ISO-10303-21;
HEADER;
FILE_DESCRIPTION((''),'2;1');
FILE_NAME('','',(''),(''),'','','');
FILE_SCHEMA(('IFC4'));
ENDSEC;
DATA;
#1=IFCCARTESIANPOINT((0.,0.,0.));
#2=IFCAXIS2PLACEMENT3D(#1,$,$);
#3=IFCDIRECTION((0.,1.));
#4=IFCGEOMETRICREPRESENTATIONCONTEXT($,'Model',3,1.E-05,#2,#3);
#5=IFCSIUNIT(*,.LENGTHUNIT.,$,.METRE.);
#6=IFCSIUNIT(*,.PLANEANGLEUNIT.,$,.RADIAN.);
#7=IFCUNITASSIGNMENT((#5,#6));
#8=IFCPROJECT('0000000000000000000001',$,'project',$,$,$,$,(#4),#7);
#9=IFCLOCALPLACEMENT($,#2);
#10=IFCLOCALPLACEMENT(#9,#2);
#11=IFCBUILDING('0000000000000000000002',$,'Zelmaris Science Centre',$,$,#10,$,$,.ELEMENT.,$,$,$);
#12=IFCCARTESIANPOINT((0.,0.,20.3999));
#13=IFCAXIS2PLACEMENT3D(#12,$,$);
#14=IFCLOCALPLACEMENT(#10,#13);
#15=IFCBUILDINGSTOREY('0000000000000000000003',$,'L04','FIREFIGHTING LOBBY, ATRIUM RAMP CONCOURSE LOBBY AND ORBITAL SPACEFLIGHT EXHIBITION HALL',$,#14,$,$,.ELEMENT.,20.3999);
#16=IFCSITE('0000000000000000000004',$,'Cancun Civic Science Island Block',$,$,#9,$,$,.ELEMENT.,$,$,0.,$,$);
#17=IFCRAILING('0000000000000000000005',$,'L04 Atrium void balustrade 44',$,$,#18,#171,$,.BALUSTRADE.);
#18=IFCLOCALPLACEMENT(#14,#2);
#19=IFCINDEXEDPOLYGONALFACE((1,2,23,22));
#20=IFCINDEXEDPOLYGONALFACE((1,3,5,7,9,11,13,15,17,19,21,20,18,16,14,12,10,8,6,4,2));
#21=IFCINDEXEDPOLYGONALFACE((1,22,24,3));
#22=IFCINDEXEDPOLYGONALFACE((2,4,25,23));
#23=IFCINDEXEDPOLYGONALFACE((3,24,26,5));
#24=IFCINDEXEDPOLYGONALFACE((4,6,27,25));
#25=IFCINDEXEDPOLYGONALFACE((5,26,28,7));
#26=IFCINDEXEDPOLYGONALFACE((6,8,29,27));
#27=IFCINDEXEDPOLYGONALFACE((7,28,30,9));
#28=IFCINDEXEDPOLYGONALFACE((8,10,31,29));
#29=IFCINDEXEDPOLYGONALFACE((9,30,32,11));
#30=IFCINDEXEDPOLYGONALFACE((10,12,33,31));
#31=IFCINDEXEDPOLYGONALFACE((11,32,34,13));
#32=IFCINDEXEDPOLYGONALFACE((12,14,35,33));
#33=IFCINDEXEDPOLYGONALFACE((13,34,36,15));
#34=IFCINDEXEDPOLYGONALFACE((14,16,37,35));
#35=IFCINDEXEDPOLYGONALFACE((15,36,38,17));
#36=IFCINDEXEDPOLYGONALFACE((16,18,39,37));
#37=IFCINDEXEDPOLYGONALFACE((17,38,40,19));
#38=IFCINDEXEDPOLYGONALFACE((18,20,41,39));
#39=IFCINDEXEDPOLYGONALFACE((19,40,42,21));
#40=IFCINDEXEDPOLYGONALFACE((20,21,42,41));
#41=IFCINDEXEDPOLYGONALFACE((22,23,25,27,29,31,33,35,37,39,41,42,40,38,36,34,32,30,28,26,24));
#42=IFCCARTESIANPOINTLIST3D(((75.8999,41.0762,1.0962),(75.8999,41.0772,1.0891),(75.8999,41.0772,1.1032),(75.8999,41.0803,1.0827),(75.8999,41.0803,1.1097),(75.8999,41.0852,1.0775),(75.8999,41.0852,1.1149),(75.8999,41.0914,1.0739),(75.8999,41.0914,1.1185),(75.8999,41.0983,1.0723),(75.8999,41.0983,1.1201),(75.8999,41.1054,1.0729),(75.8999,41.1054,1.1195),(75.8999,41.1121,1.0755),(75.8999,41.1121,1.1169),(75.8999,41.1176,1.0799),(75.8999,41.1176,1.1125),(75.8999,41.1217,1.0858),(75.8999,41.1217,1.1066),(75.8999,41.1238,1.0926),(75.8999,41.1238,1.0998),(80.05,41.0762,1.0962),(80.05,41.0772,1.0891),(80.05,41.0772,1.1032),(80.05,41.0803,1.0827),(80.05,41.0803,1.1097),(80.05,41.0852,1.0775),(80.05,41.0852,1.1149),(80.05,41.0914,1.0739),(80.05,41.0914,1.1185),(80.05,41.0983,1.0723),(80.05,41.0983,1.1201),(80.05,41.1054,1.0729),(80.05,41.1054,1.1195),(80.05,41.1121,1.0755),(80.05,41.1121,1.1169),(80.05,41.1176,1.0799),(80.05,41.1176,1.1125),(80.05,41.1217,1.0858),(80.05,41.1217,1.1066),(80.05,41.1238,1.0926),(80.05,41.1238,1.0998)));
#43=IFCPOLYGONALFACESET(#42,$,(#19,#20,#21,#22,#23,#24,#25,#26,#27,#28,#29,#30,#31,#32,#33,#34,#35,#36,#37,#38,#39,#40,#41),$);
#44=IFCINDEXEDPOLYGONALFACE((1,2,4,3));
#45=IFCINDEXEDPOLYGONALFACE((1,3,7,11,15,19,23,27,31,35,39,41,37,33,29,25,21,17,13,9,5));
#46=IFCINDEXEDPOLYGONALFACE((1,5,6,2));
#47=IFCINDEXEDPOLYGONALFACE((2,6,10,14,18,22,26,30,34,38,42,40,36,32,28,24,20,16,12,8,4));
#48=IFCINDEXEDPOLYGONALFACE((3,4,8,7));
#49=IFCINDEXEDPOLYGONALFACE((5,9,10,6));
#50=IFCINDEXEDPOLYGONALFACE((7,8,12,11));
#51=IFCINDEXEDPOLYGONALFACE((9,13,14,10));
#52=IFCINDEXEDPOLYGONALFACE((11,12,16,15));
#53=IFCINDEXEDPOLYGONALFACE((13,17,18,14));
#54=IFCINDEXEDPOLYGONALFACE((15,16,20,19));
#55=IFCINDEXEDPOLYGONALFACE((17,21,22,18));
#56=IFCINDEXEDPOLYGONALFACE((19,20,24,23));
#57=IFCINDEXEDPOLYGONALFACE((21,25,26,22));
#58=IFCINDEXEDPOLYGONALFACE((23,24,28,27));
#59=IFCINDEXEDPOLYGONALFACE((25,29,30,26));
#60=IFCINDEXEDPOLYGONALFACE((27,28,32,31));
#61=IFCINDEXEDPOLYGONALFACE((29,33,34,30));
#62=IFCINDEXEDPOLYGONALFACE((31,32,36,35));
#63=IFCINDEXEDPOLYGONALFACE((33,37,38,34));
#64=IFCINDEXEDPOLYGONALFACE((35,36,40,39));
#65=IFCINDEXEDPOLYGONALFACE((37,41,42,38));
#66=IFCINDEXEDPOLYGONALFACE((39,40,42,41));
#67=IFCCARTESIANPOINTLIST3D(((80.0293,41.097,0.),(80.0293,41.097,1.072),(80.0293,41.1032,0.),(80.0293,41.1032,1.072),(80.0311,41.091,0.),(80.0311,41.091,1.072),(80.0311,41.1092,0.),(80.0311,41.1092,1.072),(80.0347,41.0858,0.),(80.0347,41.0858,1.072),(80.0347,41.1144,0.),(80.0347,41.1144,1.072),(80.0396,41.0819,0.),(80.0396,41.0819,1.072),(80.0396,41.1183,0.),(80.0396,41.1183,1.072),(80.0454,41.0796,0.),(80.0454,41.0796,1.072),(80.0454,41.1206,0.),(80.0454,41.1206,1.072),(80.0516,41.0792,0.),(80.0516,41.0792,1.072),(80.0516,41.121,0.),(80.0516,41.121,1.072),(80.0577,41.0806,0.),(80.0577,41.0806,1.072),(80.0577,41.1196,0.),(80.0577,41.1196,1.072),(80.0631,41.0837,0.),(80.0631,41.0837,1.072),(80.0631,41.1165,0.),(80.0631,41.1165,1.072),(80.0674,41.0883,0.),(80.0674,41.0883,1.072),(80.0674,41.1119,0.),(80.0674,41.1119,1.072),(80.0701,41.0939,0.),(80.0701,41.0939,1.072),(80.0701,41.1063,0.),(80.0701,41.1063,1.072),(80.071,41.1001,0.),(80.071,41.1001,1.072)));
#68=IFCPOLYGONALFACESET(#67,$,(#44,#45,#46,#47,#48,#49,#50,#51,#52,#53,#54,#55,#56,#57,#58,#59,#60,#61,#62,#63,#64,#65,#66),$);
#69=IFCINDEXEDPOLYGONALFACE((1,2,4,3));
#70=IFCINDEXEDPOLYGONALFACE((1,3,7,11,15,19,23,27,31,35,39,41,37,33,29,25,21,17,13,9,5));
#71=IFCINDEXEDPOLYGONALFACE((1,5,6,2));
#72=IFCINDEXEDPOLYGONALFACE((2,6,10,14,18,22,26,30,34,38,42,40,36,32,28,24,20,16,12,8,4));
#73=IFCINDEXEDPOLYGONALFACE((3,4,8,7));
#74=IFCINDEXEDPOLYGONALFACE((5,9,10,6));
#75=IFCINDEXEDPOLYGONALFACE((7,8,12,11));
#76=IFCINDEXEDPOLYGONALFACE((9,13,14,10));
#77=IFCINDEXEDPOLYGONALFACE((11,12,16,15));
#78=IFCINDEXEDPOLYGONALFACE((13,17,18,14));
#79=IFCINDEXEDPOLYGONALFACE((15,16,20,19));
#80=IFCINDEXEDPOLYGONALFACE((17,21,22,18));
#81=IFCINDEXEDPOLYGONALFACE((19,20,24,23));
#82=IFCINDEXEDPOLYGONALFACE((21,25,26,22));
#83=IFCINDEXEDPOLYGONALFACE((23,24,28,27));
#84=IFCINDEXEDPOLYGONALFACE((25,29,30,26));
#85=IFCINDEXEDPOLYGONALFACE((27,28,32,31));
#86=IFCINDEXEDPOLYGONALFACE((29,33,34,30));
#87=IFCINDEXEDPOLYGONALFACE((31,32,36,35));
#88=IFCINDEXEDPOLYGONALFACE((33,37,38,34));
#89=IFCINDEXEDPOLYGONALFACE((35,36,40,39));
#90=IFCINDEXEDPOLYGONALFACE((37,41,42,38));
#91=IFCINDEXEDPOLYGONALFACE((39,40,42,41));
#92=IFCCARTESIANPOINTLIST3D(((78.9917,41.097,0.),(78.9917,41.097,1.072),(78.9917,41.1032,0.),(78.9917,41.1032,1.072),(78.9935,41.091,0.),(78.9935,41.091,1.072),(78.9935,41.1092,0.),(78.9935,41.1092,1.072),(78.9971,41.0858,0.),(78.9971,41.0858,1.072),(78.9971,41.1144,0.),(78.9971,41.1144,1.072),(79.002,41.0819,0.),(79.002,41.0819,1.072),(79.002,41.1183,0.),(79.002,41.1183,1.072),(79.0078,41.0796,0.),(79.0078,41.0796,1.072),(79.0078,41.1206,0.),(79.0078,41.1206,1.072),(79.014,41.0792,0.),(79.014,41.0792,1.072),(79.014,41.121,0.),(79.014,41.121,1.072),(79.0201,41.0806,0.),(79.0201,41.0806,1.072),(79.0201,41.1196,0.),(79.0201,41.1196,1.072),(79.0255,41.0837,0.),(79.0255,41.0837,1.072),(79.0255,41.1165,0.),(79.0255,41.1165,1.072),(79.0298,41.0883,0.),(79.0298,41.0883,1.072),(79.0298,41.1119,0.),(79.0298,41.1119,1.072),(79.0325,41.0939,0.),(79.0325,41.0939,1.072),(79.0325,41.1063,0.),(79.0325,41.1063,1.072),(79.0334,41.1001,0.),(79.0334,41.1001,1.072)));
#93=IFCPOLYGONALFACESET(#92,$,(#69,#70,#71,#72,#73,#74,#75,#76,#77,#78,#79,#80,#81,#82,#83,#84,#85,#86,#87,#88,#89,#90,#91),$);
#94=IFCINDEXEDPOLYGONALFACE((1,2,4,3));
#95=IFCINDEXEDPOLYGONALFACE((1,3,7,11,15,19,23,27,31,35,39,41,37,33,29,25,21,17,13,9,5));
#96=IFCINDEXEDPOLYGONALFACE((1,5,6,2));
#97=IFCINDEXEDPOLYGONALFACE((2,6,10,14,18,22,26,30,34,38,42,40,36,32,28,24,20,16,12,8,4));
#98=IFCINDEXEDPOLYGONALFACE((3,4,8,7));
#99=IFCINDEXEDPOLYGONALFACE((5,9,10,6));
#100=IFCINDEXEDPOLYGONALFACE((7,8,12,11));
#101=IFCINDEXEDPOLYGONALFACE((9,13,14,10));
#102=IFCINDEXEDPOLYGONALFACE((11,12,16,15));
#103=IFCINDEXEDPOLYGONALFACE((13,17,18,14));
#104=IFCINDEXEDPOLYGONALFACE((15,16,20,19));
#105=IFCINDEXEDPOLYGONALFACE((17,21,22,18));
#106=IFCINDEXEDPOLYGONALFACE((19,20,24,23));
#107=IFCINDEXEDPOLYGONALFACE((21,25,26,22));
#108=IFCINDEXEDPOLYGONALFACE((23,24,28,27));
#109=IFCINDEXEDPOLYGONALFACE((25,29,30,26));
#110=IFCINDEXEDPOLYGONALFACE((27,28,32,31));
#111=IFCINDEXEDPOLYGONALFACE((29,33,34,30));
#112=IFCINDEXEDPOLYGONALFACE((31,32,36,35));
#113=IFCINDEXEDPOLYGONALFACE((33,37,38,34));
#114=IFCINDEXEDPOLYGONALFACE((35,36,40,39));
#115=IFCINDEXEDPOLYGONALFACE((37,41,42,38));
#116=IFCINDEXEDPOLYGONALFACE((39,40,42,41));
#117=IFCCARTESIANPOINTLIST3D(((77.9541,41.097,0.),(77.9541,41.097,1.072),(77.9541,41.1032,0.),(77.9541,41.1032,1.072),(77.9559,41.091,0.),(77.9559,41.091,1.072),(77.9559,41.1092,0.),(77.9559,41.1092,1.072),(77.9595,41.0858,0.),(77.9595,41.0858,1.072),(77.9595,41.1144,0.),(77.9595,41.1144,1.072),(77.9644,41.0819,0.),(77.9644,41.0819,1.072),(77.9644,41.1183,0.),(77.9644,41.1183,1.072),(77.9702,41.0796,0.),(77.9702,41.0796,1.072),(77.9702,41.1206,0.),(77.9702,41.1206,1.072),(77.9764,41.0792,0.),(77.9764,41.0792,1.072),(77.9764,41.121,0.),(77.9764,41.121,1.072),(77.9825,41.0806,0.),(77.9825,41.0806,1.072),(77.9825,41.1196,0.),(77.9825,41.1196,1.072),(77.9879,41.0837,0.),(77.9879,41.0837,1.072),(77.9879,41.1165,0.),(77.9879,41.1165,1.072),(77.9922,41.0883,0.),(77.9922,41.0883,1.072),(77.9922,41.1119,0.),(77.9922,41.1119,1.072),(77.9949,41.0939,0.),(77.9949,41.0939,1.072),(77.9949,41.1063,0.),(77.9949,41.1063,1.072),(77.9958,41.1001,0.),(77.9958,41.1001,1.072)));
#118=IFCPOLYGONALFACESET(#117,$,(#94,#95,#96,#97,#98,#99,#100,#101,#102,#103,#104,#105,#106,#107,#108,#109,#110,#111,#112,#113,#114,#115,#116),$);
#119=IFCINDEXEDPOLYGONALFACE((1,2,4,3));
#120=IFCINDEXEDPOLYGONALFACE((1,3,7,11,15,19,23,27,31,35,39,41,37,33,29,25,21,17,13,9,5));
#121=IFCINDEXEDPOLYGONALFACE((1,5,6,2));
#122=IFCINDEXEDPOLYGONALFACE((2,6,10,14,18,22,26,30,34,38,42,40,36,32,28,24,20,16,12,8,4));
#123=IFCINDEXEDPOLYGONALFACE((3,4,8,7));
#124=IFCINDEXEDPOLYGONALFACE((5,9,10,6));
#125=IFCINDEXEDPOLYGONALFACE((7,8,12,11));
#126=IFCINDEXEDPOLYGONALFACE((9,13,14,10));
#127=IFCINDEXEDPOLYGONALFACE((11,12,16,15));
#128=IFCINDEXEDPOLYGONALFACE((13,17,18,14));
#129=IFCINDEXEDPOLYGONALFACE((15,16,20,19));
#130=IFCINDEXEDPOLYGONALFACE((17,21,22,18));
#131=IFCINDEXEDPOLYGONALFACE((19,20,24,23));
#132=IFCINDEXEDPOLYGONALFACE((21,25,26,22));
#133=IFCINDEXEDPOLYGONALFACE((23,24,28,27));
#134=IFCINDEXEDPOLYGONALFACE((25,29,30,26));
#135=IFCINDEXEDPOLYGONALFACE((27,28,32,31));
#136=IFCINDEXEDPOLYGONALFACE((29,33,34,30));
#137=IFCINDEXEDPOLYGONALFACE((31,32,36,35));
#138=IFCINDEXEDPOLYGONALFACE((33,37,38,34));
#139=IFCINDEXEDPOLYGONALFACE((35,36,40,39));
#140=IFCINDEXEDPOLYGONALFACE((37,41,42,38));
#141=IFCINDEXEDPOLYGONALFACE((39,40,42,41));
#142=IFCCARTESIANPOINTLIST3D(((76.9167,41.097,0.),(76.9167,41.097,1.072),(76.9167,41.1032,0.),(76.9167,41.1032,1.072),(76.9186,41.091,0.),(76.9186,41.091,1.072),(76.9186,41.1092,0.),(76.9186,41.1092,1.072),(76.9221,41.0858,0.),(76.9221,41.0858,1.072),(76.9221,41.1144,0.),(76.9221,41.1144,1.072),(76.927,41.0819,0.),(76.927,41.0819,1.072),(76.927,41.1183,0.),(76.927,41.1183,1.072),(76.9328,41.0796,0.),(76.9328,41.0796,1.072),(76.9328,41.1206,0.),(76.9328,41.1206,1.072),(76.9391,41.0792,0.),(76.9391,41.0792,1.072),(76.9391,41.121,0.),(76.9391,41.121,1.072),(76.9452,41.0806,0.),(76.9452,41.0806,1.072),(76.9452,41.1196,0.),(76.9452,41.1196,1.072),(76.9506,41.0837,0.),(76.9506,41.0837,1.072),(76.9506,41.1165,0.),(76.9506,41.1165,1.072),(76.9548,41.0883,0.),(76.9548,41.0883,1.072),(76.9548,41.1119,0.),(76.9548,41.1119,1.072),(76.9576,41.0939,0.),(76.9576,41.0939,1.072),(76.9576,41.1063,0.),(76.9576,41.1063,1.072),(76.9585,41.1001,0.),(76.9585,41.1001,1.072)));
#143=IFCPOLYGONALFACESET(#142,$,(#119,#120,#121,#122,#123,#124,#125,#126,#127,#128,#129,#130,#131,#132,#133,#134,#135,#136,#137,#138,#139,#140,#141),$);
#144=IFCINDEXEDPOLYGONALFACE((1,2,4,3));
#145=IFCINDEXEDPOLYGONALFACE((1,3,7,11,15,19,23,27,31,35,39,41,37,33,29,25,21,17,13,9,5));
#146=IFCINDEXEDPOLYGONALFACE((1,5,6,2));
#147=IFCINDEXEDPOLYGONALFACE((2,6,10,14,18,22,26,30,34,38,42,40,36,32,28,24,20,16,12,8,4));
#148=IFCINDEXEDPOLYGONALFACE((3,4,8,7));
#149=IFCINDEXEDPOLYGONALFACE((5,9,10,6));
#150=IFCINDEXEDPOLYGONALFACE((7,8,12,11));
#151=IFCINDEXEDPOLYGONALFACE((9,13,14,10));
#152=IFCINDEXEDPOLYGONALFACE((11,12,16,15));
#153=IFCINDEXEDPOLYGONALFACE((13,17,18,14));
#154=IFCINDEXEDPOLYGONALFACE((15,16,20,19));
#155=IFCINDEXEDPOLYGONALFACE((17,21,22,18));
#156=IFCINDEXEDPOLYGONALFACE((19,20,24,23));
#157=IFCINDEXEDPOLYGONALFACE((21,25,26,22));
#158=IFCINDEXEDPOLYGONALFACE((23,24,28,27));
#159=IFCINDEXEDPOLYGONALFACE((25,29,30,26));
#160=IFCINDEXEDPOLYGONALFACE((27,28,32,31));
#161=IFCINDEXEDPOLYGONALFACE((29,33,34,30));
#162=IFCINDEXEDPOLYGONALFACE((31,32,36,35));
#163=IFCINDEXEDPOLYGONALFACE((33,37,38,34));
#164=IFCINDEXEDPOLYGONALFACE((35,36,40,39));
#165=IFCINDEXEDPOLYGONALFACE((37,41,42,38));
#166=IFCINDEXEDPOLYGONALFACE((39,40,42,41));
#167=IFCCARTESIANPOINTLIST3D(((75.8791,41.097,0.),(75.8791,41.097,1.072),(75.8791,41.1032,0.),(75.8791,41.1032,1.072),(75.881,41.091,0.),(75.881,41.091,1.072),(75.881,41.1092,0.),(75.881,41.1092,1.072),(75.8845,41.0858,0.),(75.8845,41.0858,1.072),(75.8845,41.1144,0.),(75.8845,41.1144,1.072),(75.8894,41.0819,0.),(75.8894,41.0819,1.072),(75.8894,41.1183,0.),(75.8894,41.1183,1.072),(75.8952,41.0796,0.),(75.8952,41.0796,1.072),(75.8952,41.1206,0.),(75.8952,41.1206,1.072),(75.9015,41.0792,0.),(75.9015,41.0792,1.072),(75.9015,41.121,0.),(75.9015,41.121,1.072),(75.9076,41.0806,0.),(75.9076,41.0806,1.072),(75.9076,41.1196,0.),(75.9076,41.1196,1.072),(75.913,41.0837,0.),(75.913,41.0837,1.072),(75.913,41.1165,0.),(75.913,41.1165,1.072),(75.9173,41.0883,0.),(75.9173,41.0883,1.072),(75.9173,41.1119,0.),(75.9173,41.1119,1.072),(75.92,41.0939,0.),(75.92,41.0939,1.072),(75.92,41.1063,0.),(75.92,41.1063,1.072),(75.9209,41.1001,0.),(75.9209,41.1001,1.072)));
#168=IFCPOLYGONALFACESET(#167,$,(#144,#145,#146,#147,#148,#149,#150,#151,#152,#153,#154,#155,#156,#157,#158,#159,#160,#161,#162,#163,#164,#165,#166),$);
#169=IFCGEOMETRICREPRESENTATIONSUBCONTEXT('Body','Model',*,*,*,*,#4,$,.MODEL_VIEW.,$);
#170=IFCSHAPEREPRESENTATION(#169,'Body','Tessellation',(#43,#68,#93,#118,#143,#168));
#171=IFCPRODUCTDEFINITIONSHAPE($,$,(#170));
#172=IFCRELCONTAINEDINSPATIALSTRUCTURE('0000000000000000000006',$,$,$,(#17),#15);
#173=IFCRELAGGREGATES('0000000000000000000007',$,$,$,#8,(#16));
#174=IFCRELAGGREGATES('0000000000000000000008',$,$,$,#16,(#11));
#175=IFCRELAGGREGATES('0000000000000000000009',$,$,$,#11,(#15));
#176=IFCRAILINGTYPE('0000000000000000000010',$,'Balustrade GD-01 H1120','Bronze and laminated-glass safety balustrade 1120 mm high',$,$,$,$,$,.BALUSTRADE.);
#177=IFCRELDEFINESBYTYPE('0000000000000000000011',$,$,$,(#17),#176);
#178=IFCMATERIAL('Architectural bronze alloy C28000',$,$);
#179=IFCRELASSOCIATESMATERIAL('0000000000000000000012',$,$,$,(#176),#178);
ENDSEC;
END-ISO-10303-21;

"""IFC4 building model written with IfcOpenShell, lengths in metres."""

from ifc_helpers import new_model, si_unit, direction, frame, origin, origin_2d, place, context, subcontext, project, spatial, circle, extrude, material, type_object, element, save


model = new_model("IFC4")

# Units and contexts
model_context = context("Model", 3, precision=1e-05, world=origin(), true_north=direction((0.0, 1.0)))
body_context = subcontext(model_context, "Body", "Model", "MODEL_VIEW")
ifc_project = project(units=[si_unit("LENGTHUNIT", "METRE"), si_unit("PLANEANGLEUNIT", "RADIAN")], contexts=[model_context])

# Site, building, storey
site_placement = place(None, origin())
site = spatial("IfcSite", under=ifc_project, at=site_placement, Name="Cancun Civic Science Island Block", CompositionType="ELEMENT", RefElevation=0.0)
building_placement = place(site_placement, origin())
building = spatial("IfcBuilding", under=site, at=building_placement, Name="Zelmaris Science Centre", CompositionType="ELEMENT")
storey_placement = place(building_placement, frame((0.0, 0.0, 20.3999)))
storey = spatial("IfcBuildingStorey", under=building, at=storey_placement, Name="L04", Description="FIREFIGHTING LOBBY, ATRIUM RAMP CONCOURSE LOBBY AND ORBITAL SPACEFLIGHT EXHIBITION HALL", CompositionType="ELEMENT", Elevation=20.3999)

# Railing
ifc_material_1 = material(Name="Architectural bronze alloy C28000")
railing_type_1 = type_object("IfcRailingType", Name="Balustrade GD-01 H1120", Description="Bronze and laminated-glass safety balustrade 1120 mm high", PredefinedType="BALUSTRADE", material=ifc_material_1)
for number, where, name in (
    (1, (80.05, 41.1001, 0.0), "L04 Atrium void balustrade 44"),
):
    element("IfcRailing", number, at=place(storey_placement, frame(where)), inside=storey, type_object=railing_type_1, Name=name, PredefinedType="BALUSTRADE", context=body_context, shape_type="SweptSolid", body=[
        extrude(circle(Radius=0.0239, at=origin_2d()), frame((0.0, 0.0, 1.0962), z_axis=(-1.0, 0.0, 0.0), x_axis=(0.0, -1.0, 0.0)), (0.0, 0.0, 1.0), 4.1501),
        extrude(circle(Radius=0.021, at=origin_2d()), origin(), (0.0, 0.0, 1.0), 1.072),
        extrude(circle(Radius=0.021, at=origin_2d()), frame((-1.0376, 0.0, 0.0)), (0.0, 0.0, 1.0), 1.072),
        extrude(circle(Radius=0.021, at=origin_2d()), frame((-2.0752, 0.0, 0.0)), (0.0, 0.0, 1.0), 1.072),
        extrude(circle(Radius=0.021, at=origin_2d()), frame((-3.1125, 0.0, 0.0)), (0.0, 0.0, 1.0), 1.072),
        extrude(circle(Radius=0.021, at=origin_2d()), frame((-4.1501, 0.0, 0.0)), (0.0, 0.0, 1.0), 1.072),
    ])

save(model, "model.ifc")
